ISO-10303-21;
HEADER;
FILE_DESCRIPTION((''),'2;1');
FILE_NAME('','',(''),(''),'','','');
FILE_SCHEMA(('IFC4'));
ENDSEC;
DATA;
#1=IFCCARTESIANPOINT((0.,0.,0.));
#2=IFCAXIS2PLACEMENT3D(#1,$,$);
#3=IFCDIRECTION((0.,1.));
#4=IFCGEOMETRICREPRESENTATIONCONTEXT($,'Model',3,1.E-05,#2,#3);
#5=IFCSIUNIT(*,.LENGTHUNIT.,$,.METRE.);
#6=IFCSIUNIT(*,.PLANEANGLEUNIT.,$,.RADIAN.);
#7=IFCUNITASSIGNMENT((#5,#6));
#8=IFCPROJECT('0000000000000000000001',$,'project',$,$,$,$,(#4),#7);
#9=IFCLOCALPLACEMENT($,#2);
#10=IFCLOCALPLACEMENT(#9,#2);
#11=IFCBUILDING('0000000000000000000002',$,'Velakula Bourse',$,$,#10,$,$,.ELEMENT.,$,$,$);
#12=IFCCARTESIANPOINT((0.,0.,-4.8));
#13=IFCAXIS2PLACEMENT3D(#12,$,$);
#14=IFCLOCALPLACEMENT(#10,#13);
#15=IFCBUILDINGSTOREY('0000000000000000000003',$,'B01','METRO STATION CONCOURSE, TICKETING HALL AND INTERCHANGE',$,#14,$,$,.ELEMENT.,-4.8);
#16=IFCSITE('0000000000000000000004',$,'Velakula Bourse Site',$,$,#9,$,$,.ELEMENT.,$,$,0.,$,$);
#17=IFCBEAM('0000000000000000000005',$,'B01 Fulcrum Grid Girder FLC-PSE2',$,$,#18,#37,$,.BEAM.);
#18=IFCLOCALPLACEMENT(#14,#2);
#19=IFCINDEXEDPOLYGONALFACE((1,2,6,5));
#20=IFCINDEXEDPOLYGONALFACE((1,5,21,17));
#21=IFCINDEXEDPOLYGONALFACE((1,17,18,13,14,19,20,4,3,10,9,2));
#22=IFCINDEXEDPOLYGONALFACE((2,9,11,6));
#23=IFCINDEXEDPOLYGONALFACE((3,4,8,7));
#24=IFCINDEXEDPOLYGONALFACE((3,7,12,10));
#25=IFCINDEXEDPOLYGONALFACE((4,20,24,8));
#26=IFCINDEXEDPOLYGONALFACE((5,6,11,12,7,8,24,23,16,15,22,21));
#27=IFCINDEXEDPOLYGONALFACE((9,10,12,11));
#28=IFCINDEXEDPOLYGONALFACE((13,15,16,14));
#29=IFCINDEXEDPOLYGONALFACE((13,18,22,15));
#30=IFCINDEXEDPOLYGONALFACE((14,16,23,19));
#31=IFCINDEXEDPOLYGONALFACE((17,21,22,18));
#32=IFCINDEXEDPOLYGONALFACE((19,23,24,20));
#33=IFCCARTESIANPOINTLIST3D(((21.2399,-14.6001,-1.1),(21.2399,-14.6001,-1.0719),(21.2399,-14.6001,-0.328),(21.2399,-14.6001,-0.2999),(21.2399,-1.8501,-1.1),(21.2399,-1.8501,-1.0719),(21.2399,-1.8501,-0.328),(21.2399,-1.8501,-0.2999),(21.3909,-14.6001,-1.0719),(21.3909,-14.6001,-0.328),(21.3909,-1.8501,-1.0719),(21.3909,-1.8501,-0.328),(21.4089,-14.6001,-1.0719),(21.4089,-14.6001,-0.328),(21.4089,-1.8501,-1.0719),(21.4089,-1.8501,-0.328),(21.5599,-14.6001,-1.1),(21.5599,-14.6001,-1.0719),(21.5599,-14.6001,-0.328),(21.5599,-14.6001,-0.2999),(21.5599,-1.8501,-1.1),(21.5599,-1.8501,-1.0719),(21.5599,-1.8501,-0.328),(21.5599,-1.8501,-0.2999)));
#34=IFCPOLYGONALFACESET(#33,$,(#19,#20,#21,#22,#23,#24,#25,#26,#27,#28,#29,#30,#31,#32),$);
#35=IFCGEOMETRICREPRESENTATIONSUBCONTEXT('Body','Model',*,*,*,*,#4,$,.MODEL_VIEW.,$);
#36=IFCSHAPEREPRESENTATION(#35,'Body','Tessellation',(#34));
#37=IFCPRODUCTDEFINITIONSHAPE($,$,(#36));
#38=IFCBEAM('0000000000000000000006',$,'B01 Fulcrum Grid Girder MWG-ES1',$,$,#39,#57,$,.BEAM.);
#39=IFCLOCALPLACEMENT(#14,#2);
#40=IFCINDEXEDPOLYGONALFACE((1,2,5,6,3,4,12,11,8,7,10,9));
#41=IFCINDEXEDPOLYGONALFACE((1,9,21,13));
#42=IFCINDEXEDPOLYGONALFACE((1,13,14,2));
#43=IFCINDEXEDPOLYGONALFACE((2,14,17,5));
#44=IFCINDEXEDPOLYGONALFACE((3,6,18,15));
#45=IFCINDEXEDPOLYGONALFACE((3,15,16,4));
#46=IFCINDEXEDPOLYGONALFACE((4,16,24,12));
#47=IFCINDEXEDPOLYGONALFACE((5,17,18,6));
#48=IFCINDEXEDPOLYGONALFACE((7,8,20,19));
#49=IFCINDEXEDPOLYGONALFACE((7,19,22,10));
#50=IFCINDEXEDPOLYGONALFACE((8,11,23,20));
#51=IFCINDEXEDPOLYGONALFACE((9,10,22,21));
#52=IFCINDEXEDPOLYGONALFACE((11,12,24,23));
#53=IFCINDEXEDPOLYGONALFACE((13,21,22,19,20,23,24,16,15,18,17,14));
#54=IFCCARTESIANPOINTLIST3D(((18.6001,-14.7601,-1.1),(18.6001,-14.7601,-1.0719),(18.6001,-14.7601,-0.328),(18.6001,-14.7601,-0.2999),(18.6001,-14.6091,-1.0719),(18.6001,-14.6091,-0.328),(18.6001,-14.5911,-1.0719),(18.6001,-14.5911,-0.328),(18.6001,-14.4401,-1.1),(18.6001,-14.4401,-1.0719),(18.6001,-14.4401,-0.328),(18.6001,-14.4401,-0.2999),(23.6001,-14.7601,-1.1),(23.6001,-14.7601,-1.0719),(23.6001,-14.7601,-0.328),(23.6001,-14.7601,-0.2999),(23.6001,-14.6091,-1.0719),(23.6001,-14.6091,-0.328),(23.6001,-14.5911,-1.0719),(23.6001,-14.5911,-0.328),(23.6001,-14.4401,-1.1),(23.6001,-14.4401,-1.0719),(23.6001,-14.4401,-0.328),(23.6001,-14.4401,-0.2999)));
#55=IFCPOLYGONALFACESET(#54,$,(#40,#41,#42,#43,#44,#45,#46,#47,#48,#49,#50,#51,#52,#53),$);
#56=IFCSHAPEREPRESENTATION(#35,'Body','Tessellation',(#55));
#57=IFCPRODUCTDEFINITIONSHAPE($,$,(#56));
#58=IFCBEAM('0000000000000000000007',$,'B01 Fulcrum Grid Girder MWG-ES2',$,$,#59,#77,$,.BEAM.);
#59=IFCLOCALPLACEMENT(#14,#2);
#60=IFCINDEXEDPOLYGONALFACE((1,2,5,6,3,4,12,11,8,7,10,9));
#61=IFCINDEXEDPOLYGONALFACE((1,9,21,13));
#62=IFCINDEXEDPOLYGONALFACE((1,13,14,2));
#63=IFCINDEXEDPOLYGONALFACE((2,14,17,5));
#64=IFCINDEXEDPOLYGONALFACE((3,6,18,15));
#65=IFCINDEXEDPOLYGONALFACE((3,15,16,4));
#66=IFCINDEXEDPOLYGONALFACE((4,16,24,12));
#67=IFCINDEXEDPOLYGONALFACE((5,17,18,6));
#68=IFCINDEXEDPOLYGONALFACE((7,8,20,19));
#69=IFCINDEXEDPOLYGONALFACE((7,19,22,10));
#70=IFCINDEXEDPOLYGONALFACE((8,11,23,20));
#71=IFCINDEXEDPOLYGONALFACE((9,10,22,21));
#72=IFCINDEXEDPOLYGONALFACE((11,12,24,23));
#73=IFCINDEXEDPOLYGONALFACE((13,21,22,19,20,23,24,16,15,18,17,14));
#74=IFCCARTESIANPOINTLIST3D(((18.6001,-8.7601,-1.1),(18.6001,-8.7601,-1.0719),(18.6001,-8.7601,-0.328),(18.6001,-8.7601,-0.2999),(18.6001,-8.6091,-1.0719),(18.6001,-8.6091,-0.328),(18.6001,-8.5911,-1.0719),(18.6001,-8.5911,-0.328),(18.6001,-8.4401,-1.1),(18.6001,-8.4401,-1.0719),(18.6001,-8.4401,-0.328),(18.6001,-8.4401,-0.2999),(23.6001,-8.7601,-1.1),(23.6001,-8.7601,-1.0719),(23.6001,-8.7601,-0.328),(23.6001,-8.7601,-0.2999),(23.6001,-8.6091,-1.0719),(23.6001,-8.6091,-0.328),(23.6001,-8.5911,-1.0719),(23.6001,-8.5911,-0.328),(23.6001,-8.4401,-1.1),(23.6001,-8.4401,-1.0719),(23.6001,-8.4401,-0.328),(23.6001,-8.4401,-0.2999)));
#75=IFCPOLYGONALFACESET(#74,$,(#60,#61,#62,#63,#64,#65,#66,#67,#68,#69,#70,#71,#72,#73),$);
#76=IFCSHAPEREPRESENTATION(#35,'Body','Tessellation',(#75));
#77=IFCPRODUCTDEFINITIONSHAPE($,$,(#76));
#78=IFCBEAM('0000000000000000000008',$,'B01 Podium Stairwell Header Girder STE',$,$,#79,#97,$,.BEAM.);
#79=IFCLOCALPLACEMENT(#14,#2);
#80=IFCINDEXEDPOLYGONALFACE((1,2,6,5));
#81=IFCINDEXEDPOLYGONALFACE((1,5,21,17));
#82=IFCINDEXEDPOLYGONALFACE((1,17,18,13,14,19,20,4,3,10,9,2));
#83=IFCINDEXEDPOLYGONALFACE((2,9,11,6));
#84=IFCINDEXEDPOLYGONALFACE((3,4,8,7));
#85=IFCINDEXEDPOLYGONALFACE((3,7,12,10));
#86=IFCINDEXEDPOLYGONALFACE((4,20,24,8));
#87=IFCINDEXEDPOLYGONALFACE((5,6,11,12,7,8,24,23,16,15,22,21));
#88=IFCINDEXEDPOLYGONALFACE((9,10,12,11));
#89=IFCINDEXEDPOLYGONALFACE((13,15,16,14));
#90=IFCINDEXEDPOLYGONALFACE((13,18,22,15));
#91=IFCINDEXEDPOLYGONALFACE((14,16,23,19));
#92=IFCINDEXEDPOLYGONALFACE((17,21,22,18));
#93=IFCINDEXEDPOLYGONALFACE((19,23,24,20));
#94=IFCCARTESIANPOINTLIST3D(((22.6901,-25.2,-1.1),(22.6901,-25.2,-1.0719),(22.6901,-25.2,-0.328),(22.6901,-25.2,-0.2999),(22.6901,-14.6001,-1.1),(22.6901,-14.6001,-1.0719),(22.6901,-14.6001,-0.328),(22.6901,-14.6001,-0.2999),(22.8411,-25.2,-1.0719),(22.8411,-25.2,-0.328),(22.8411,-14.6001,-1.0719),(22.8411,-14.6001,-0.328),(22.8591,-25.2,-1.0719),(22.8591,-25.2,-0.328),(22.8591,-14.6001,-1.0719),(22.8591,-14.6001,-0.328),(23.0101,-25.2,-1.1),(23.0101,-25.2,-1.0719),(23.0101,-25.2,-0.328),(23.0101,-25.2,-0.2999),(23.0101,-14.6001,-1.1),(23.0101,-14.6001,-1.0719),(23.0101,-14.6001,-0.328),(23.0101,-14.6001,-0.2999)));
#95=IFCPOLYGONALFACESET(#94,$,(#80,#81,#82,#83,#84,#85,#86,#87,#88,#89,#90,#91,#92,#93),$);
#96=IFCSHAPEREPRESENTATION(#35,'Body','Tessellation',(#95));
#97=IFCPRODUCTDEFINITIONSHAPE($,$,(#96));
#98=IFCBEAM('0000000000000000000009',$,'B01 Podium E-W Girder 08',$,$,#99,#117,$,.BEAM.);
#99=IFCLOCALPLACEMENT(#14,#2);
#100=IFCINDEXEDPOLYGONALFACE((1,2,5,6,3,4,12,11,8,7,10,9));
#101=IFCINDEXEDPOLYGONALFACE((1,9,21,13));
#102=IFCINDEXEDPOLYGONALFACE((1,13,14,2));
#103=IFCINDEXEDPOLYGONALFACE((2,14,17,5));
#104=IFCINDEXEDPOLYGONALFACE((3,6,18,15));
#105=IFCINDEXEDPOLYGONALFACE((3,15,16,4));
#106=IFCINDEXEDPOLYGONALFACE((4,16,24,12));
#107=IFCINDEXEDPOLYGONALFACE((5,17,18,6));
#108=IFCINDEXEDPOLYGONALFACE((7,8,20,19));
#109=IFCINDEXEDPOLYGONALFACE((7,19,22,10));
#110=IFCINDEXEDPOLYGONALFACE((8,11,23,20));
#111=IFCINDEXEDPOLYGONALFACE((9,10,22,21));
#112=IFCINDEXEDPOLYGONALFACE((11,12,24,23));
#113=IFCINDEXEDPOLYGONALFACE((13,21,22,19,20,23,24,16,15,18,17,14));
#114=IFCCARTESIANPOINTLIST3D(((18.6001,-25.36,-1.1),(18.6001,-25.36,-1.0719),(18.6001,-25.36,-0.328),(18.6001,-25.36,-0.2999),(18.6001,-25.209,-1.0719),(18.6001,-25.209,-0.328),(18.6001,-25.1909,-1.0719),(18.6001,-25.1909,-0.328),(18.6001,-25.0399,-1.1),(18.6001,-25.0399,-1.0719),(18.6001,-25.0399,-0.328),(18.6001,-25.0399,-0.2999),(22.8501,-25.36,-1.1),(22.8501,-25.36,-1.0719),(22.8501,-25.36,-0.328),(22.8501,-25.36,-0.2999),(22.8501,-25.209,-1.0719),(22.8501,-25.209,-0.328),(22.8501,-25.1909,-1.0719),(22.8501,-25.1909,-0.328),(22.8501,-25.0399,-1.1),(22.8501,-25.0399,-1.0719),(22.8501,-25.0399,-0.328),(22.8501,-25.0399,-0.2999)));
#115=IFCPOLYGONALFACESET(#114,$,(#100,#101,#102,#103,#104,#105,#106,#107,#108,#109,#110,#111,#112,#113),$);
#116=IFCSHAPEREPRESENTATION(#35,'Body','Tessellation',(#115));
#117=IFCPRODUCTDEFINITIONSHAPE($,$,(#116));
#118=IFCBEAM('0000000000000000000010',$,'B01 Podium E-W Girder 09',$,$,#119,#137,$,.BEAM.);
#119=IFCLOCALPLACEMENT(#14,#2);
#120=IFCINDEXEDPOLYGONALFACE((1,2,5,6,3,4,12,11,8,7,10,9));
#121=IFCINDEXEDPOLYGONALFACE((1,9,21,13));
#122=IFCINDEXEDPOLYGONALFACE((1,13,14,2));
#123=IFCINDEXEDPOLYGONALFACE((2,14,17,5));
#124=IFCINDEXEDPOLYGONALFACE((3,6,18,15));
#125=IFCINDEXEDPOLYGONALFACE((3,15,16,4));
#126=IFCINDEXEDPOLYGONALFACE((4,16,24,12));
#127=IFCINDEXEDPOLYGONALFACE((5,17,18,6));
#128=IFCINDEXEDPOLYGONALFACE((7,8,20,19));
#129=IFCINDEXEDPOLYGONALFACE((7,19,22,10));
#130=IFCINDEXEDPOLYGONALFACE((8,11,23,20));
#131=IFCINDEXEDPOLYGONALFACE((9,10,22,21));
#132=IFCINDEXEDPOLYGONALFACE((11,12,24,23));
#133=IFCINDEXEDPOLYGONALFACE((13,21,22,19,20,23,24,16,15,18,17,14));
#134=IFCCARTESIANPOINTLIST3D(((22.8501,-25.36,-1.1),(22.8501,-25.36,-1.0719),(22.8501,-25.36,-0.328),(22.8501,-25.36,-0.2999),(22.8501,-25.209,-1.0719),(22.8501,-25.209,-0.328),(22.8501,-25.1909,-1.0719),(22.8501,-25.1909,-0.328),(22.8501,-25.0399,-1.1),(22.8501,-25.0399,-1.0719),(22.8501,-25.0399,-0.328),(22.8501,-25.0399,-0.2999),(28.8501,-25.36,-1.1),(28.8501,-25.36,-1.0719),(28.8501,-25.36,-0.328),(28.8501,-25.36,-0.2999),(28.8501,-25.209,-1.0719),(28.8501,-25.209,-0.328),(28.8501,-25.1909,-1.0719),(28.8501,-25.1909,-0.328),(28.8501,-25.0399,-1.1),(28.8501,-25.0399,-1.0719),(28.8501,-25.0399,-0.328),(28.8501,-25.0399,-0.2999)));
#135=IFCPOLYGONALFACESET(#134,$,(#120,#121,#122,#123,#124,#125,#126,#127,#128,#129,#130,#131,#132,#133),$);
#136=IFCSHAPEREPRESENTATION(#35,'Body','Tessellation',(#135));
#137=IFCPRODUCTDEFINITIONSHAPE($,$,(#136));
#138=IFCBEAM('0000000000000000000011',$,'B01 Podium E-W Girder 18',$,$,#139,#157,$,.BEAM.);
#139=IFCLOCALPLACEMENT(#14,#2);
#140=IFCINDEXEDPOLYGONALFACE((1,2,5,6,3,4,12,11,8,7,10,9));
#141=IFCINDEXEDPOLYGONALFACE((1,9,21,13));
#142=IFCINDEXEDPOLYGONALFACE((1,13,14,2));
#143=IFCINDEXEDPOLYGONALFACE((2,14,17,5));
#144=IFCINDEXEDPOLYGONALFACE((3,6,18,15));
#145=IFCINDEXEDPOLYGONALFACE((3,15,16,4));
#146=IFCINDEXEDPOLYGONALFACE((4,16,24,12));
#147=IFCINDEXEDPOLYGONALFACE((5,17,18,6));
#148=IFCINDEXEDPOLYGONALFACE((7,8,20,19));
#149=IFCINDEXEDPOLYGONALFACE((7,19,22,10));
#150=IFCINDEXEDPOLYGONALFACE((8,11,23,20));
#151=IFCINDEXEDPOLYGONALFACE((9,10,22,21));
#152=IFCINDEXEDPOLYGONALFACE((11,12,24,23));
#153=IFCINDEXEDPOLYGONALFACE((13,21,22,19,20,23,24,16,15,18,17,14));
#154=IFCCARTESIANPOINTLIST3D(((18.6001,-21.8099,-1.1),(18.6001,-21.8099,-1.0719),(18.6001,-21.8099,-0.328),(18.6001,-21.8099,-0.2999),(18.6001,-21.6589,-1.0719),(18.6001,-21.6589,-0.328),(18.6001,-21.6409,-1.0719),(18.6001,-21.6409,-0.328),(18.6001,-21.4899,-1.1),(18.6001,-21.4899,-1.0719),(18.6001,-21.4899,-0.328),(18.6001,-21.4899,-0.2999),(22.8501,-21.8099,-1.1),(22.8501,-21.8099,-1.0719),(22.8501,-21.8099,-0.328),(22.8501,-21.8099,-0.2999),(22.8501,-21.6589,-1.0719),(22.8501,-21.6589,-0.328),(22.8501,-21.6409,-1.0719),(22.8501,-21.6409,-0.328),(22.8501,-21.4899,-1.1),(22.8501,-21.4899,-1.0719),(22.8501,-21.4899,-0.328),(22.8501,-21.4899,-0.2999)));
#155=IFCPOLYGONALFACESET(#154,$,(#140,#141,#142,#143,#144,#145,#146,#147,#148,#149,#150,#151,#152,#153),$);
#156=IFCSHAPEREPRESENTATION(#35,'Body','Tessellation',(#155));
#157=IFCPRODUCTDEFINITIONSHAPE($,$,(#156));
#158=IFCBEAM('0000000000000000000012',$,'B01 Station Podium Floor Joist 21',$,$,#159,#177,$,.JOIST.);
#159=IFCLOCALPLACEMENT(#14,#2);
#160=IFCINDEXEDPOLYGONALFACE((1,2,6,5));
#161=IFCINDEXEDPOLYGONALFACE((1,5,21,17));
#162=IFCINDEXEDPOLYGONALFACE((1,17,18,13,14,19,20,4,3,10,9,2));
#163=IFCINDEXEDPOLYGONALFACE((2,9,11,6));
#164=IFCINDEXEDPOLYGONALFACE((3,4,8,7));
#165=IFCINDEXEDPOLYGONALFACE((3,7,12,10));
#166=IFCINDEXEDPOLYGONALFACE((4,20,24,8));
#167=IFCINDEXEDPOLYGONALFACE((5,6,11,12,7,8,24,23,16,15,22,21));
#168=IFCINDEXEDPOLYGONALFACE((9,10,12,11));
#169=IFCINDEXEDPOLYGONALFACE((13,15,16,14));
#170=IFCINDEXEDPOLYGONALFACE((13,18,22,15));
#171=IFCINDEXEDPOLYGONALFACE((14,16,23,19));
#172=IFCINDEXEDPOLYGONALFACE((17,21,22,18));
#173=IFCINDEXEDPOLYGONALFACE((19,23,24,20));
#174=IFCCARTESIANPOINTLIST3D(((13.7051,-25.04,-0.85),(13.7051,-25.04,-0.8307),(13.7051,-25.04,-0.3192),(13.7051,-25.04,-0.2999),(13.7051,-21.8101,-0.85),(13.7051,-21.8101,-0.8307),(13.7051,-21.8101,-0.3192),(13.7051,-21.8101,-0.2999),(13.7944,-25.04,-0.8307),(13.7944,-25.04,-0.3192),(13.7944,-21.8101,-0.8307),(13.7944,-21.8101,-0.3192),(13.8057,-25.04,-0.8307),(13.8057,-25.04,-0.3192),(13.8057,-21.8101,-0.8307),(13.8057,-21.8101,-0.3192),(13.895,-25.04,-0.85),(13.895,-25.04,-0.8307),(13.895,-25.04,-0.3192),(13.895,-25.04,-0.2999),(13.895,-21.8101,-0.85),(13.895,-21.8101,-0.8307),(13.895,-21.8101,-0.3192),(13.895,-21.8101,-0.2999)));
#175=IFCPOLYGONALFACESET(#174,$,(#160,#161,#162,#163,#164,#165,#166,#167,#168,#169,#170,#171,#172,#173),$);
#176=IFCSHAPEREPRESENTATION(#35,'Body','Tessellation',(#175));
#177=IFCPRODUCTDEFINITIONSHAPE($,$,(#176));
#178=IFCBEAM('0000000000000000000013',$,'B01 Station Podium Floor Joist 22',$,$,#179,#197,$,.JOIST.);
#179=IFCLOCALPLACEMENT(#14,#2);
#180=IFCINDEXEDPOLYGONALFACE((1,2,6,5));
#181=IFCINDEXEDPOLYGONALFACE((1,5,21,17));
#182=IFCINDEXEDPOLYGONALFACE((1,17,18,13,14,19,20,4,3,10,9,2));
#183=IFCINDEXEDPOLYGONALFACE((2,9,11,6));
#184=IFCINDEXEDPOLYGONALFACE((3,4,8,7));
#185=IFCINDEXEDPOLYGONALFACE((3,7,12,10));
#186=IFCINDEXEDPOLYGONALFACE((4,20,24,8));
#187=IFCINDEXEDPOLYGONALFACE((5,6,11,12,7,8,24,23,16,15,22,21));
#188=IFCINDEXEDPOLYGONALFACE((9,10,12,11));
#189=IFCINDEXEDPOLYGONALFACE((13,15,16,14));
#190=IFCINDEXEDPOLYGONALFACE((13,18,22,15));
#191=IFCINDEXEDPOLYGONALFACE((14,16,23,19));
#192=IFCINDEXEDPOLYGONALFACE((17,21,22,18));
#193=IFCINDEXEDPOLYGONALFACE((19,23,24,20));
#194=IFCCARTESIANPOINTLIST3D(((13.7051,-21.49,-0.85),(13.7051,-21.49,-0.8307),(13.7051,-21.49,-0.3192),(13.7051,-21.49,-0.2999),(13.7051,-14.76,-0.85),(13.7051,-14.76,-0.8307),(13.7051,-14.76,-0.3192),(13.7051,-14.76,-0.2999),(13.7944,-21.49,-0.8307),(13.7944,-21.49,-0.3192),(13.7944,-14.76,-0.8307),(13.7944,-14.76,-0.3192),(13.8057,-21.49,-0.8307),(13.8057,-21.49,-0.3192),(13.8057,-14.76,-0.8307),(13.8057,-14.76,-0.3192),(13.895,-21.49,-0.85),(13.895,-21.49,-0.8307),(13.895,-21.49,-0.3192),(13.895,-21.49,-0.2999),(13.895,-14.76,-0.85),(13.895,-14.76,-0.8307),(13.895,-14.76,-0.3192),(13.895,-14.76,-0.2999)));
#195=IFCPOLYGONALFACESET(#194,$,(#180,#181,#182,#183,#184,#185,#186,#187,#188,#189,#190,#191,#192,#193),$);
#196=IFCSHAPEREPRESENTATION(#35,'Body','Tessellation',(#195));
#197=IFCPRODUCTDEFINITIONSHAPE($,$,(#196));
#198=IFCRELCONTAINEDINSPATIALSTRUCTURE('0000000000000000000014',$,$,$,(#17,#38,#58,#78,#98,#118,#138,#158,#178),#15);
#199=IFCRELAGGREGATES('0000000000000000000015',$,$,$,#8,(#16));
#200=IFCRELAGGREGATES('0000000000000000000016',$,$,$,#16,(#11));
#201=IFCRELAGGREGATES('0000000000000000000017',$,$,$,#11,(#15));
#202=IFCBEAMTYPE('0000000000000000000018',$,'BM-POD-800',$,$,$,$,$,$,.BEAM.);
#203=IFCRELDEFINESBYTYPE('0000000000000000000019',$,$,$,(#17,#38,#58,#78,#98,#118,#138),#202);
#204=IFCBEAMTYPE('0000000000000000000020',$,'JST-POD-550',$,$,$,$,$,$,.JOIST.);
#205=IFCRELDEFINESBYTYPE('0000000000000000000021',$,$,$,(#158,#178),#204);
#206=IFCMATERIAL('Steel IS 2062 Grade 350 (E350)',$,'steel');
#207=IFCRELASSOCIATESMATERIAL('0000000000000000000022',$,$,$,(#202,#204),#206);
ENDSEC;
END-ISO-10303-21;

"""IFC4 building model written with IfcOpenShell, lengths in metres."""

from ifc_helpers import new_model, si_unit, direction, frame, origin, origin_2d, place, context, subcontext, project, spatial, i_section, extrude, material, material_profile, profile_set, type_object, element, save


model = new_model("IFC4")

# Units and contexts
model_context = context("Model", 3, precision=1e-05, world=origin(), true_north=direction((0.0, 1.0)))
body_context = subcontext(model_context, "Body", "Model", "MODEL_VIEW")
ifc_project = project(units=[si_unit("LENGTHUNIT", "METRE"), si_unit("PLANEANGLEUNIT", "RADIAN")], contexts=[model_context])

# Site, building, storey
site_placement = place(None, origin())
site = spatial("IfcSite", under=ifc_project, at=site_placement, Name="Velakula Bourse Site", CompositionType="ELEMENT", RefElevation=0.0)
building_placement = place(site_placement, origin())
building = spatial("IfcBuilding", under=site, at=building_placement, Name="Velakula Bourse", CompositionType="ELEMENT")
storey_placement = place(building_placement, frame((0.0, 0.0, -4.8)))
storey = spatial("IfcBuildingStorey", under=building, at=storey_placement, Name="B01", Description="METRO STATION CONCOURSE, TICKETING HALL AND INTERCHANGE", CompositionType="ELEMENT", Elevation=-4.8)

# Beams
ifc_material_1 = material(Name="Steel IS 2062 Grade 350 (E350)", Category="steel")
ifc_material_profile_1 = material_profile(ifc_material_1, i_section(OverallWidth=0.3201, OverallDepth=0.8, WebThickness=0.0181, FlangeThickness=0.0281, at=origin_2d()), Name="Steel IS 2062 Grade 350 (E350)")
ifc_profile_set_1 = profile_set([ifc_material_profile_1], Name="Steel IS 2062 Grade 350 (E350)")
beam_type_1 = type_object("IfcBeamType", Name="BM-POD-800", PredefinedType="BEAM", material=ifc_profile_set_1)
for number, where, z_axis, x_axis, name in (
    (1, (21.3999, -14.6001, -0.7), (0.0, 1.0, 0.0), (-1.0, 0.0, 0.0), "B01 Fulcrum Grid Girder FLC-PSE2"),
):
    element("IfcBeam", number, at=place(storey_placement, frame(where, z_axis=z_axis, x_axis=x_axis)), inside=storey, type_object=beam_type_1, Name=name, PredefinedType="BEAM", context=body_context, shape_type="SweptSolid", body=[
        extrude(i_section(OverallWidth=0.3201, OverallDepth=0.8, WebThickness=0.0181, FlangeThickness=0.0281, at=origin_2d()), origin(), (0.0, 0.0, 1.0), 12.75),
    ])
for number, where, z_axis, x_axis, name in (
    (2, (18.6001, -14.6001, -0.7), (1.0, 0.0, 0.0), (0.0, 1.0, 0.0), "B01 Fulcrum Grid Girder MWG-ES1"),
    (3, (18.6001, -8.6001, -0.7), (1.0, 0.0, 0.0), (0.0, 1.0, 0.0), "B01 Fulcrum Grid Girder MWG-ES2"),
):
    element("IfcBeam", number, at=place(storey_placement, frame(where, z_axis=z_axis, x_axis=x_axis)), inside=storey, type_object=beam_type_1, Name=name, PredefinedType="BEAM", context=body_context, shape_type="SweptSolid", body=[
        extrude(i_section(OverallWidth=0.3201, OverallDepth=0.8, WebThickness=0.0181, FlangeThickness=0.0281, at=origin_2d()), origin(), (0.0, 0.0, 1.0), 5.0),
    ])
beam_1_placement = place(storey_placement, frame((22.8501, -25.2, -0.7), z_axis=(0.0, 1.0, 0.0), x_axis=(-1.0, 0.0, 0.0)))
element("IfcBeam", 4, at=beam_1_placement, inside=storey, type_object=beam_type_1, Name="B01 Podium Stairwell Header Girder STE", PredefinedType="BEAM", context=body_context, shape_type="SweptSolid", body=[
    extrude(i_section(OverallWidth=0.3201, OverallDepth=0.8, WebThickness=0.0181, FlangeThickness=0.0281, at=origin_2d()), origin(), (0.0, 0.0, 1.0), 10.5999),
])
beam_2_placement = place(storey_placement, frame((18.6001, -25.2, -0.7), z_axis=(1.0, 0.0, 0.0), x_axis=(0.0, 1.0, 0.0)))
element("IfcBeam", 5, at=beam_2_placement, inside=storey, type_object=beam_type_1, Name="B01 Podium E-W Girder 08", PredefinedType="BEAM", context=body_context, shape_type="SweptSolid", body=[
    extrude(i_section(OverallWidth=0.3201, OverallDepth=0.8, WebThickness=0.0181, FlangeThickness=0.0281, at=origin_2d()), origin(), (0.0, 0.0, 1.0), 4.25),
])
beam_3_placement = place(storey_placement, frame((22.8501, -25.2, -0.7), z_axis=(1.0, 0.0, 0.0), x_axis=(0.0, 1.0, 0.0)))
element("IfcBeam", 6, at=beam_3_placement, inside=storey, type_object=beam_type_1, Name="B01 Podium E-W Girder 09", PredefinedType="BEAM", context=body_context, shape_type="SweptSolid", body=[
    extrude(i_section(OverallWidth=0.3201, OverallDepth=0.8, WebThickness=0.0181, FlangeThickness=0.0281, at=origin_2d()), origin(), (0.0, 0.0, 1.0), 6.0),
])
beam_4_placement = place(storey_placement, frame((18.6001, -21.6499, -0.7), z_axis=(1.0, 0.0, 0.0), x_axis=(0.0, 1.0, 0.0)))
element("IfcBeam", 7, at=beam_4_placement, inside=storey, type_object=beam_type_1, Name="B01 Podium E-W Girder 18", PredefinedType="BEAM", context=body_context, shape_type="SweptSolid", body=[
    extrude(i_section(OverallWidth=0.3201, OverallDepth=0.8, WebThickness=0.0181, FlangeThickness=0.0281, at=origin_2d()), origin(), (0.0, 0.0, 1.0), 4.25),
])
ifc_material_profile_2 = material_profile(ifc_material_1, i_section(OverallWidth=0.1899, OverallDepth=0.55, WebThickness=0.0112, FlangeThickness=0.0193, at=origin_2d()), Name="Steel IS 2062 Grade 350 (E350)")
ifc_profile_set_2 = profile_set([ifc_material_profile_2], Name="Steel IS 2062 Grade 350 (E350)")
beam_type_2 = type_object("IfcBeamType", Name="JST-POD-550", PredefinedType="JOIST", material=ifc_profile_set_2)
beam_5_placement = place(storey_placement, frame((13.8, -25.04, -0.575), z_axis=(0.0, 1.0, 0.0), x_axis=(-1.0, 0.0, 0.0)))
element("IfcBeam", 8, at=beam_5_placement, inside=storey, type_object=beam_type_2, Name="B01 Station Podium Floor Joist 21", PredefinedType="JOIST", context=body_context, shape_type="SweptSolid", body=[
    extrude(i_section(OverallWidth=0.1899, OverallDepth=0.55, WebThickness=0.0112, FlangeThickness=0.0193, at=origin_2d()), origin(), (0.0, 0.0, 1.0), 3.23),
])
beam_6_placement = place(storey_placement, frame((13.8, -21.49, -0.575), z_axis=(0.0, 1.0, 0.0), x_axis=(-1.0, 0.0, 0.0)))
element("IfcBeam", 9, at=beam_6_placement, inside=storey, type_object=beam_type_2, Name="B01 Station Podium Floor Joist 22", PredefinedType="JOIST", context=body_context, shape_type="SweptSolid", body=[
    extrude(i_section(OverallWidth=0.1899, OverallDepth=0.55, WebThickness=0.0112, FlangeThickness=0.0193, at=origin_2d()), origin(), (0.0, 0.0, 1.0), 6.73),
])

save(model, "model.ifc")
